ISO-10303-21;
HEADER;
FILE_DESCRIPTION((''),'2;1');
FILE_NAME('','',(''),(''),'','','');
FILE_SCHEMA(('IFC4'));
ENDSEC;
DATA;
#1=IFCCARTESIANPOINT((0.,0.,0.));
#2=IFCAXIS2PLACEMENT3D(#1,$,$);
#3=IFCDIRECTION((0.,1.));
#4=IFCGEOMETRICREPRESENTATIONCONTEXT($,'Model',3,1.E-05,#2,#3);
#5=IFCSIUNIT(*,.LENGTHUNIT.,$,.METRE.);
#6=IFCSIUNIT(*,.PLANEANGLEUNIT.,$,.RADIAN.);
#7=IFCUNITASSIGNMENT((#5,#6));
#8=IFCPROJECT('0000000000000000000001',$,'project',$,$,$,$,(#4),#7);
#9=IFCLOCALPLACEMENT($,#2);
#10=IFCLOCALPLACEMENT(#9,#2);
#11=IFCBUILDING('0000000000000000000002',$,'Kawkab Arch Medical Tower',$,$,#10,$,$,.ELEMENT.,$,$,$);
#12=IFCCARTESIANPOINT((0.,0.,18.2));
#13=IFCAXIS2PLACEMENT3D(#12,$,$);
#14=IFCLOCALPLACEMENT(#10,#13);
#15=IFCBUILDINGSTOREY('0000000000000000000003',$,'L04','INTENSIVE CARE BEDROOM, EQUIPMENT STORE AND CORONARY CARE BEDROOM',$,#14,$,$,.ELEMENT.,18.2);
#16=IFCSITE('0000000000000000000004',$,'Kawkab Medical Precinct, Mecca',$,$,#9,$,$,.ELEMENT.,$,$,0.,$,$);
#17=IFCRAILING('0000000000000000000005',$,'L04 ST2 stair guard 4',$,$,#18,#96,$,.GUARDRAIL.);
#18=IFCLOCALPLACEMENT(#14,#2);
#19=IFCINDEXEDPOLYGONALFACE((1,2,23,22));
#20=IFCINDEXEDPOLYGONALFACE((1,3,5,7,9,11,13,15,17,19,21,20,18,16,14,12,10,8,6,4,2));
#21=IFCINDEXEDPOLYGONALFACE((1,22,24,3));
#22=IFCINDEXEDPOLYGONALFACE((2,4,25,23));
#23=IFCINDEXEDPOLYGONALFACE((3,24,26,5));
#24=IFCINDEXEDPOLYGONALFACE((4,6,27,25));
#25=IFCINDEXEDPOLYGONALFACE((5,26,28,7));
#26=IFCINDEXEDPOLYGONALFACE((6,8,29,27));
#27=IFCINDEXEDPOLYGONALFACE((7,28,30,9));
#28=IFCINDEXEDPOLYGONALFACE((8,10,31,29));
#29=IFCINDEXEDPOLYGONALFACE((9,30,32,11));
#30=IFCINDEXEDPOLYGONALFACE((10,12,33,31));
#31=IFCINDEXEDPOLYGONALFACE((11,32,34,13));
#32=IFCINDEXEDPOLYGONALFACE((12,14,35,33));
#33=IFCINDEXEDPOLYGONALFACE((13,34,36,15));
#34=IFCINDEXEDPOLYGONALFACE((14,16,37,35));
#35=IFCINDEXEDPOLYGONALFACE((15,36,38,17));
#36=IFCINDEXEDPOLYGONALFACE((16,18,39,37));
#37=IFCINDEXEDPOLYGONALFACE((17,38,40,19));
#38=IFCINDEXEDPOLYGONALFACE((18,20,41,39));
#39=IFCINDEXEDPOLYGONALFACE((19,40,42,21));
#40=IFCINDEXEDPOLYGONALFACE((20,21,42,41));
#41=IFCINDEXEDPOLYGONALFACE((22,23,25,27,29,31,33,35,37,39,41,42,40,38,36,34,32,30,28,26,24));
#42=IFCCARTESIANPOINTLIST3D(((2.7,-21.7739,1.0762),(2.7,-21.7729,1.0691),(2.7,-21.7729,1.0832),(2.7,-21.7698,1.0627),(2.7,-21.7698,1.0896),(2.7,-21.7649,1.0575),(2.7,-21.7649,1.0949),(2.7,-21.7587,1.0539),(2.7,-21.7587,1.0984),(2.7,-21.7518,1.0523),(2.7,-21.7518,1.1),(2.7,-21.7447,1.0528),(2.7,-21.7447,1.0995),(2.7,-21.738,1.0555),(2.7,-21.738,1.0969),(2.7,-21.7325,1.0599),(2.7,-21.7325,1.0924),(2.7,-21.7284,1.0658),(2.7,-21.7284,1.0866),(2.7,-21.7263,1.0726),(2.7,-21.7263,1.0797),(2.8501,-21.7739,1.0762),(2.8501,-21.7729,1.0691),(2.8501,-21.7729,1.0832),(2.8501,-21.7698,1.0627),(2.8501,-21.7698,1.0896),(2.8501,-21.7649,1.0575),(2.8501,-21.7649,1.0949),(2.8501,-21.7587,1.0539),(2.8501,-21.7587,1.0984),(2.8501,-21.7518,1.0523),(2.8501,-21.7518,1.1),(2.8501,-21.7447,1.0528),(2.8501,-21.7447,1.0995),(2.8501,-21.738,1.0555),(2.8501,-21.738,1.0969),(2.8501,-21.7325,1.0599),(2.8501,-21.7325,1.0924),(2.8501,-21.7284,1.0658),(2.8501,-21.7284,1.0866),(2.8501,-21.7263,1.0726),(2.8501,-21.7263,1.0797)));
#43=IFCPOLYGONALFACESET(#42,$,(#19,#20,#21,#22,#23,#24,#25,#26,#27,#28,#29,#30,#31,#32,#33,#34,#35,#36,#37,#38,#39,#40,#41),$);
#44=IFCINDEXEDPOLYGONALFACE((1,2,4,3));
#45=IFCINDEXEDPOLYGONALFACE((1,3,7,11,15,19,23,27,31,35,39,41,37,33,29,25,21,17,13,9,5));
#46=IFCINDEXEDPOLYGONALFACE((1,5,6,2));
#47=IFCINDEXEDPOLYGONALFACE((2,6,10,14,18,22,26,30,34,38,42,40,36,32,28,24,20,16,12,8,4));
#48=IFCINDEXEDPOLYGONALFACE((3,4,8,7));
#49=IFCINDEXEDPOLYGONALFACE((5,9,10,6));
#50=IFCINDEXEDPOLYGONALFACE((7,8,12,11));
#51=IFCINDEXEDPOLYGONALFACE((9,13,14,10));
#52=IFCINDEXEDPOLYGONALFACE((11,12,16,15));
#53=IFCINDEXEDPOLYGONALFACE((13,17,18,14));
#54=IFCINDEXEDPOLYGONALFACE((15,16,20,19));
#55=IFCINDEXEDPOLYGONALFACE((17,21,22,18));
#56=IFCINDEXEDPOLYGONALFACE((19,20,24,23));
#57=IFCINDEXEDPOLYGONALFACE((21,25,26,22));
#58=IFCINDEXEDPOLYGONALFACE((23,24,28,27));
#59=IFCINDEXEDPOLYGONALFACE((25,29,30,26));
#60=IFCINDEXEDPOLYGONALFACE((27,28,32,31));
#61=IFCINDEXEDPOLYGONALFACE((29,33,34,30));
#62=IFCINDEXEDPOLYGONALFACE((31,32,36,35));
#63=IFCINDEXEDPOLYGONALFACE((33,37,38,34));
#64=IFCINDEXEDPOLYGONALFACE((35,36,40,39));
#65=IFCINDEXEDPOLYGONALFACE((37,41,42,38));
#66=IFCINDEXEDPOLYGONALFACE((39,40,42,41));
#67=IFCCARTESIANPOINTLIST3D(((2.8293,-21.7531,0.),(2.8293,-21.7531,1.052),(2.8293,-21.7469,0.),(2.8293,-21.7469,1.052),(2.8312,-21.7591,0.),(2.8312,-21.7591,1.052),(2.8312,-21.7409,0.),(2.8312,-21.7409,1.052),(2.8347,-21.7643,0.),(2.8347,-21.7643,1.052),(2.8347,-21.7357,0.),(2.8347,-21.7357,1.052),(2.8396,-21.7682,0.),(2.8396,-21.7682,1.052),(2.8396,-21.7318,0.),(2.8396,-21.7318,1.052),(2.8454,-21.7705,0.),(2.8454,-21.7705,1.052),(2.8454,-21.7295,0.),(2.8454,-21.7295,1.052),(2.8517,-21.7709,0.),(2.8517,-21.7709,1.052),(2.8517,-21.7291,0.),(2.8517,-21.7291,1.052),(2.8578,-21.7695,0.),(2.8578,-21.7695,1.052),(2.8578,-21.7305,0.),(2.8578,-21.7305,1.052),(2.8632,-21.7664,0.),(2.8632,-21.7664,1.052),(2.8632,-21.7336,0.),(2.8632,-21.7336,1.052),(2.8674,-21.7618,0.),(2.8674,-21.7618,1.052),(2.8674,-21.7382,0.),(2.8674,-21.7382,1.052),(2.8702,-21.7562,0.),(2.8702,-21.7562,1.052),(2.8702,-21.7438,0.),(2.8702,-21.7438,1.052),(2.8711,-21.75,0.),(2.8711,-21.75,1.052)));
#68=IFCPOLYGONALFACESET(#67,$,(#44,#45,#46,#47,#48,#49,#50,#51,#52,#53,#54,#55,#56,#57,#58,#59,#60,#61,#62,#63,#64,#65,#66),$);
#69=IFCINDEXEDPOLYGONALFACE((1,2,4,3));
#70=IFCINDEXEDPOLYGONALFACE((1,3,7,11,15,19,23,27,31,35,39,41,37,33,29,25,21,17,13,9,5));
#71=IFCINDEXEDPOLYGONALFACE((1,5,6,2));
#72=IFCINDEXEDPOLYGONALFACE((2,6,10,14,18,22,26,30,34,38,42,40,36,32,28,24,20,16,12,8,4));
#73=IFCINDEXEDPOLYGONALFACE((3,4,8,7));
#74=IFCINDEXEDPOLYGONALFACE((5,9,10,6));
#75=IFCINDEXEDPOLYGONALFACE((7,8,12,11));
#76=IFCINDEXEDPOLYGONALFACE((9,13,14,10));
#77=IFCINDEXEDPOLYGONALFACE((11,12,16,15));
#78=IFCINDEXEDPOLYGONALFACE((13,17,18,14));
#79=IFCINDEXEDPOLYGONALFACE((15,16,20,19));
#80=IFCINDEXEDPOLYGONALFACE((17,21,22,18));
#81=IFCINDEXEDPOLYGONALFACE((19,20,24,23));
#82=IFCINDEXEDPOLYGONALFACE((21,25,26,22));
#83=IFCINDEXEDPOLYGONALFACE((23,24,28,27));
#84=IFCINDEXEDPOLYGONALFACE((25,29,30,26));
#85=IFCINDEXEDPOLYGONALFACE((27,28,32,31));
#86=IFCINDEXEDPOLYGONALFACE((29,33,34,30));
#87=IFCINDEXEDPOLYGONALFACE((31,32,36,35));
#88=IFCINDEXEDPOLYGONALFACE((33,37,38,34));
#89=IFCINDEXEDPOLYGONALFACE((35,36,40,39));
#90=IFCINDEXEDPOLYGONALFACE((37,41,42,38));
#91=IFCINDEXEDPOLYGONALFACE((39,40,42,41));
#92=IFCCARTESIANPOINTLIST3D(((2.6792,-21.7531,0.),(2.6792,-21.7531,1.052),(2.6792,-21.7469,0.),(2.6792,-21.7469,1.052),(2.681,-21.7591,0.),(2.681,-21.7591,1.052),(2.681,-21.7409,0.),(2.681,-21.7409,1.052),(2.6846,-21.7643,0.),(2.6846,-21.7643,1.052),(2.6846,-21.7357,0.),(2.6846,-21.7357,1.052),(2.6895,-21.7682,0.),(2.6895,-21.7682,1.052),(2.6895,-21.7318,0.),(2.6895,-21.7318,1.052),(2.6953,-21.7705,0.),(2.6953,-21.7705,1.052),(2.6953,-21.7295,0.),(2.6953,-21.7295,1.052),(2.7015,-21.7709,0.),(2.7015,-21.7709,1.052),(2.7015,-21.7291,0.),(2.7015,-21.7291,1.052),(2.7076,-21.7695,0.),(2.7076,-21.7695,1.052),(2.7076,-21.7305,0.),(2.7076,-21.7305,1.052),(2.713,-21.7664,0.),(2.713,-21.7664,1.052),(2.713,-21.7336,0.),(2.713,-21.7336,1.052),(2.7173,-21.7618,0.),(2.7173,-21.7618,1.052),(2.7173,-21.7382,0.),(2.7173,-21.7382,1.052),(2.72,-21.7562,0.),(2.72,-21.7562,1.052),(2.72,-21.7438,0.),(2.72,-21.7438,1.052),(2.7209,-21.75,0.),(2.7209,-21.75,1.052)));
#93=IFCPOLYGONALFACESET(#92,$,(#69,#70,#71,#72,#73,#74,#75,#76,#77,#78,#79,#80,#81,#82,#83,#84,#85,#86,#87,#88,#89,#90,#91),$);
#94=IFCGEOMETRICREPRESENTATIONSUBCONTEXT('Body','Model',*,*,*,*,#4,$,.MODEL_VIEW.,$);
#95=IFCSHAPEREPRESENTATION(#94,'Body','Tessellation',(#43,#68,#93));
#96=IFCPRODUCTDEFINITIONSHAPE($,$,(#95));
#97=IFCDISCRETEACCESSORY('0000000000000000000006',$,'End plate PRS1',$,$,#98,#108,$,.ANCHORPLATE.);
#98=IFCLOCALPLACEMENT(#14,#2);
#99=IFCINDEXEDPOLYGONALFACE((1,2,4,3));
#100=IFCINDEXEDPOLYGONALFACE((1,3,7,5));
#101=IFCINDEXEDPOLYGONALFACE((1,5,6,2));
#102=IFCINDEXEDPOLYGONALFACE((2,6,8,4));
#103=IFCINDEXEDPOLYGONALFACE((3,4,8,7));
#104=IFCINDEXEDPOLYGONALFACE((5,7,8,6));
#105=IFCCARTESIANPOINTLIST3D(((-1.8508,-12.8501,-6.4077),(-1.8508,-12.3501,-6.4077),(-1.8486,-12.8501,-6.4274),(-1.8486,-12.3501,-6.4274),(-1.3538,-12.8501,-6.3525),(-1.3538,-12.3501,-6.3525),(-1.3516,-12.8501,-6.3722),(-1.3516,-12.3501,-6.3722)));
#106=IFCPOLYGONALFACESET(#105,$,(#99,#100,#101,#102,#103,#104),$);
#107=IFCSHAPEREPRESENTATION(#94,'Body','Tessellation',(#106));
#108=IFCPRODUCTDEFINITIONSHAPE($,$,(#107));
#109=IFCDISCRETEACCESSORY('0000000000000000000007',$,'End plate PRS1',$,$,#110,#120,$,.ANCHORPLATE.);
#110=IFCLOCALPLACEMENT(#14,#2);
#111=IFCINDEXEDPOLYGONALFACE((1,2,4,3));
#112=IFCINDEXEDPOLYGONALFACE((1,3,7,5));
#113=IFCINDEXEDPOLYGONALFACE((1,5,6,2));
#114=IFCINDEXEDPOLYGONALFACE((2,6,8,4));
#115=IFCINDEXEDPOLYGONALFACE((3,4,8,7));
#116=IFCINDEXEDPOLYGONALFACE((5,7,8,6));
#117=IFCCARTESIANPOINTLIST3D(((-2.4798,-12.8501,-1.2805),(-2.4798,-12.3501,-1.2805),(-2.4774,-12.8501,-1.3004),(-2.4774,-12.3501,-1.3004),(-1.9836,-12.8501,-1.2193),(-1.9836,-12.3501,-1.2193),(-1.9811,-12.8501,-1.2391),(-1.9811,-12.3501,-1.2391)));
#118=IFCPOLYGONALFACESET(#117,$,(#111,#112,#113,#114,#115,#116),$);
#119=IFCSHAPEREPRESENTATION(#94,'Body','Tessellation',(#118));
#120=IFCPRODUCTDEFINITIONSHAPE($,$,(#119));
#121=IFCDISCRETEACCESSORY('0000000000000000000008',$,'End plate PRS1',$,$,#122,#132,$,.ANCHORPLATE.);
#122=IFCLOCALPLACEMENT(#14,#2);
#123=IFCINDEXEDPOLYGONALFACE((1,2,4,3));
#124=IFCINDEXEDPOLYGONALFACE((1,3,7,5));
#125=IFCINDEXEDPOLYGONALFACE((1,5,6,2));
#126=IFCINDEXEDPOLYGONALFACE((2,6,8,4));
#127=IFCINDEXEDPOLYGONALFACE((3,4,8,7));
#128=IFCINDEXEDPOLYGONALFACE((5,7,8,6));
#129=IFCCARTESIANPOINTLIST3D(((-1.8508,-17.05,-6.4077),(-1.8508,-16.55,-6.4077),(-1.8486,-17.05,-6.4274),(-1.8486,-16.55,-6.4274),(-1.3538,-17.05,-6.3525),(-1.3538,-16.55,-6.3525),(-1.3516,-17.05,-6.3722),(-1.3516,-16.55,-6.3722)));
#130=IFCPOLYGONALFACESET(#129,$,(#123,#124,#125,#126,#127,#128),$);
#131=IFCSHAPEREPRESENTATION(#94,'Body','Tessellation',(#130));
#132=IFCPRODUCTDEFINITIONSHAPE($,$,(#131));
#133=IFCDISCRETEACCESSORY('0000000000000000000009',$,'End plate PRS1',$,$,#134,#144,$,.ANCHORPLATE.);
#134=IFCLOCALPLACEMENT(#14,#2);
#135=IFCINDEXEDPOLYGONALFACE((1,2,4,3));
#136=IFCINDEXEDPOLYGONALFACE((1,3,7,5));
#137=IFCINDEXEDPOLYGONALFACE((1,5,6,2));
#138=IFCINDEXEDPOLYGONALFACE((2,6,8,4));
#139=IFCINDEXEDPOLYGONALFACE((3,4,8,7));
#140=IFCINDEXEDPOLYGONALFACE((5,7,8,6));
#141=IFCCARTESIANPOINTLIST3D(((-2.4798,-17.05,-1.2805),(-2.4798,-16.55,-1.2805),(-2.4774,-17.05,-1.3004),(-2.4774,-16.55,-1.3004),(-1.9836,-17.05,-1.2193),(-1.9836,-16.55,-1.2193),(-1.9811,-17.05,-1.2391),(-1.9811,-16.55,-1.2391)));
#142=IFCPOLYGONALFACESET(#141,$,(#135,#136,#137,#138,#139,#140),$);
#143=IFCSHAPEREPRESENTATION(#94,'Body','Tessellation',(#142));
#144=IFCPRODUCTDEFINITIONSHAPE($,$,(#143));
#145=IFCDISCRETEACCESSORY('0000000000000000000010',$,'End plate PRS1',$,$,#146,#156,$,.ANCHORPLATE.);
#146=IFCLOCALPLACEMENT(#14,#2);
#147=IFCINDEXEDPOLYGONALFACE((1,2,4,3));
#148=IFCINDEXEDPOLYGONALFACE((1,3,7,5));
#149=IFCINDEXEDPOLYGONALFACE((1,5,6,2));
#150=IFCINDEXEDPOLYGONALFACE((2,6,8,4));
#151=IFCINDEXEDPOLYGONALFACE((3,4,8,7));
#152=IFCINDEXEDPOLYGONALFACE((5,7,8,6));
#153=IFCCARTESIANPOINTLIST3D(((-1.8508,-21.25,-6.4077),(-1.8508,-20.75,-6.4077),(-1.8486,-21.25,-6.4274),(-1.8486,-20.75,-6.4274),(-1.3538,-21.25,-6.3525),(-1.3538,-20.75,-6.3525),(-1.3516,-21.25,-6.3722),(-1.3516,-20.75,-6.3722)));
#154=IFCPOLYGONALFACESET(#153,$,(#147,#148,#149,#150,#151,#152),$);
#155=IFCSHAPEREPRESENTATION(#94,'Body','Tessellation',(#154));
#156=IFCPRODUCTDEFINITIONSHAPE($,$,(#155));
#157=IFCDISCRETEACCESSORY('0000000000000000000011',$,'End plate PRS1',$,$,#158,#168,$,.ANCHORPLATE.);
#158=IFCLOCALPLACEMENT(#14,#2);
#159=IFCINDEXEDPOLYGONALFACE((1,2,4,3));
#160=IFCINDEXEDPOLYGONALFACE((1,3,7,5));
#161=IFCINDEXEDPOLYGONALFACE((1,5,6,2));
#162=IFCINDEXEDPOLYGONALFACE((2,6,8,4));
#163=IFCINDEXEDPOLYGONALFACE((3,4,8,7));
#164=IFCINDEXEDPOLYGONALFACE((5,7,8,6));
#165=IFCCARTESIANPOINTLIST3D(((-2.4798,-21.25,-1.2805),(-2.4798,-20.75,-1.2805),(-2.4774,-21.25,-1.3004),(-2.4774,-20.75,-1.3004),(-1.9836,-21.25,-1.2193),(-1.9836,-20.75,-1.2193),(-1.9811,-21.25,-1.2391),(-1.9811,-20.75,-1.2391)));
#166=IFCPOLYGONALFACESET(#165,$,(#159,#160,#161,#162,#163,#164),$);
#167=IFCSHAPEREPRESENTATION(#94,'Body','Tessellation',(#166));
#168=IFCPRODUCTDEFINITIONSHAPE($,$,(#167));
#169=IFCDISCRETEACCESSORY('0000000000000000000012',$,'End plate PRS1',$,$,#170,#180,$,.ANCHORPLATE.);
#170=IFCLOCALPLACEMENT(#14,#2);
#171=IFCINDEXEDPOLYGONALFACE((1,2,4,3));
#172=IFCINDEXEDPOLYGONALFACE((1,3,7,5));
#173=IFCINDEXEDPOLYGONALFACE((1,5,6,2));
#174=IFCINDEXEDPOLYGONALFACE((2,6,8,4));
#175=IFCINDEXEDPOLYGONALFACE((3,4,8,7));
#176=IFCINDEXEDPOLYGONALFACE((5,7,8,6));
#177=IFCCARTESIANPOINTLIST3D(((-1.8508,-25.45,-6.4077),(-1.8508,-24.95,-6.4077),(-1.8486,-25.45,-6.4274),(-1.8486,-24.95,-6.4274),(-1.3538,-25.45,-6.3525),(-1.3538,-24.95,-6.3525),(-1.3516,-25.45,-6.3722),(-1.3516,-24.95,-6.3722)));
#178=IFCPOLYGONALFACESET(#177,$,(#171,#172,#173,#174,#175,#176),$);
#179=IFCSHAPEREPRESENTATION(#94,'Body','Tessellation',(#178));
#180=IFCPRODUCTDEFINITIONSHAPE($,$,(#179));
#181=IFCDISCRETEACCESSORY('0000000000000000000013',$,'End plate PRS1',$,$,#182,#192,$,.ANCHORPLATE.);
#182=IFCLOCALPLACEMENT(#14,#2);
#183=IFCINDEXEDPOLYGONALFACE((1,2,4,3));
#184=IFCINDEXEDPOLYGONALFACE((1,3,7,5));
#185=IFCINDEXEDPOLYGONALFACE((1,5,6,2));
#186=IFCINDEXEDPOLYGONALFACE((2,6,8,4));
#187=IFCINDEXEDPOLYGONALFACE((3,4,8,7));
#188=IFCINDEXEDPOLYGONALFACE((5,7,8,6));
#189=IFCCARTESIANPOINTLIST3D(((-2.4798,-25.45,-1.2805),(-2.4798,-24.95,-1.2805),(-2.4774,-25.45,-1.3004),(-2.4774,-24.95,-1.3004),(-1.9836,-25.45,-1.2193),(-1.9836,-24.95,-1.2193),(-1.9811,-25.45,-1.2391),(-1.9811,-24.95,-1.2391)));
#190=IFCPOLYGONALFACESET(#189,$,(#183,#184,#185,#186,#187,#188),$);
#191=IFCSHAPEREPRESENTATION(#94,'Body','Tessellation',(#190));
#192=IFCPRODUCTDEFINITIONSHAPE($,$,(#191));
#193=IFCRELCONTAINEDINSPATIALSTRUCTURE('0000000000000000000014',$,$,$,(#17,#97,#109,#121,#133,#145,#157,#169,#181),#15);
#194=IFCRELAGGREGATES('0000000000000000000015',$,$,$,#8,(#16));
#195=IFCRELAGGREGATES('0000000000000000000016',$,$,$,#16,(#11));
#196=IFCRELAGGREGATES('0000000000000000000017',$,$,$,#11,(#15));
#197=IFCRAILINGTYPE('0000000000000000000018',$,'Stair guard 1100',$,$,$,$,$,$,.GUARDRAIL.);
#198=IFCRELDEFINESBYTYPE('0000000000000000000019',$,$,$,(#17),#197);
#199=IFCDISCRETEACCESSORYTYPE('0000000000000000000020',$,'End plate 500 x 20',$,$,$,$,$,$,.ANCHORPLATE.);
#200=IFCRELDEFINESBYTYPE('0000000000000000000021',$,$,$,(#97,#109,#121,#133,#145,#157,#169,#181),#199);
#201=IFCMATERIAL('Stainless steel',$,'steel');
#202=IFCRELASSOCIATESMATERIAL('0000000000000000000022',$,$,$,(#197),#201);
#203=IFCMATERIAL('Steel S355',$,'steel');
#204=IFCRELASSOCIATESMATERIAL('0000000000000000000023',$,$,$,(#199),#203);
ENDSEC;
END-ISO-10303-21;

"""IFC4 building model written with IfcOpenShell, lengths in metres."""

from ifc_helpers import new_model, si_unit, direction, frame, origin, origin_2d, place, context, subcontext, project, spatial, rectangle, circle, extrude, material, material_profile, profile_set, type_object, element, save


model = new_model("IFC4")

# Units and contexts
model_context = context("Model", 3, precision=1e-05, world=origin(), true_north=direction((0.0, 1.0)))
body_context = subcontext(model_context, "Body", "Model", "MODEL_VIEW")
ifc_project = project(units=[si_unit("LENGTHUNIT", "METRE"), si_unit("PLANEANGLEUNIT", "RADIAN")], contexts=[model_context])

# Site, building, storey
site_placement = place(None, origin())
site = spatial("IfcSite", under=ifc_project, at=site_placement, Name="Kawkab Medical Precinct, Mecca", CompositionType="ELEMENT", RefElevation=0.0)
building_placement = place(site_placement, origin())
building = spatial("IfcBuilding", under=site, at=building_placement, Name="Kawkab Arch Medical Tower", CompositionType="ELEMENT")
storey_placement = place(building_placement, frame((0.0, 0.0, 18.2)))
storey = spatial("IfcBuildingStorey", under=building, at=storey_placement, Name="L04", Description="INTENSIVE CARE BEDROOM, EQUIPMENT STORE AND CORONARY CARE BEDROOM", CompositionType="ELEMENT", Elevation=18.2)

# Railing
ifc_material_1 = material(Name="Stainless steel", Category="steel")
railing_type = type_object("IfcRailingType", Name="Stair guard 1100", PredefinedType="GUARDRAIL", material=ifc_material_1)
railing_1_placement = place(storey_placement, frame((2.8501, -21.75, 0.0)))
element("IfcRailing", 1, at=railing_1_placement, inside=storey, type_object=railing_type, Name="L04 ST2 stair guard 4", PredefinedType="GUARDRAIL", context=body_context, shape_type="SweptSolid", body=[
    extrude(circle(Radius=0.0239, at=origin_2d()), frame((0.0, 0.0, 1.0762), z_axis=(-1.0, 0.0, 0.0), x_axis=(0.0, -1.0, 0.0)), (0.0, 0.0, 1.0), 0.1501),
    extrude(circle(Radius=0.021, at=origin_2d()), origin(), (0.0, 0.0, 1.0), 1.052),
    extrude(circle(Radius=0.021, at=origin_2d()), frame((-0.1501, 0.0, 0.0)), (0.0, 0.0, 1.0), 1.052),
])

# Discrete accessories
ifc_material_2 = material(Name="Steel S355", Category="steel")
ifc_material_profile_1 = material_profile(ifc_material_2, rectangle(XDim=0.5, YDim=0.5, at=origin_2d()), Name="End plate 500 x 20")
ifc_profile_set_1 = profile_set([ifc_material_profile_1], Name="Steel S355")
discrete_accessory_type = type_object("IfcDiscreteAccessoryType", Name="End plate 500 x 20", PredefinedType="ANCHORPLATE", material=ifc_profile_set_1)
discrete_accessory_1_placement = place(storey_placement, frame((-1.6023, -12.6001, -6.3801), z_axis=(0.110432, 0.0, -0.993884), x_axis=(0.0, 1.0, 0.0)))
element("IfcDiscreteAccessory", 2, at=discrete_accessory_1_placement, inside=storey, type_object=discrete_accessory_type, Name="End plate PRS1", PredefinedType="ANCHORPLATE", context=body_context, shape_type="SweptSolid", body=[
    extrude(rectangle(XDim=0.5, YDim=0.5, at=origin_2d()), origin(), (0.0, 0.0, 1.0), 0.0198),
])
discrete_accessory_2_placement = place(storey_placement, frame((-2.2292, -12.6001, -1.2698), z_axis=(-0.122527, 0.0, 0.992465), x_axis=(0.0, -1.0, 0.0)))
element("IfcDiscreteAccessory", 3, at=discrete_accessory_2_placement, inside=storey, type_object=discrete_accessory_type, Name="End plate PRS1", PredefinedType="ANCHORPLATE", context=body_context, shape_type="SweptSolid", body=[
    extrude(rectangle(XDim=0.5, YDim=0.5, at=origin_2d()), origin(), (0.0, 0.0, 1.0), 0.02),
])
discrete_accessory_3_placement = place(storey_placement, frame((-1.6023, -16.8, -6.3801), z_axis=(0.110432, 0.0, -0.993884), x_axis=(0.0, 1.0, 0.0)))
element("IfcDiscreteAccessory", 4, at=discrete_accessory_3_placement, inside=storey, type_object=discrete_accessory_type, Name="End plate PRS1", PredefinedType="ANCHORPLATE", context=body_context, shape_type="SweptSolid", body=[
    extrude(rectangle(XDim=0.5, YDim=0.5, at=origin_2d()), origin(), (0.0, 0.0, 1.0), 0.0198),
])
discrete_accessory_4_placement = place(storey_placement, frame((-2.2292, -16.8, -1.2698), z_axis=(-0.122527, 0.0, 0.992465), x_axis=(0.0, -1.0, 0.0)))
element("IfcDiscreteAccessory", 5, at=discrete_accessory_4_placement, inside=storey, type_object=discrete_accessory_type, Name="End plate PRS1", PredefinedType="ANCHORPLATE", context=body_context, shape_type="SweptSolid", body=[
    extrude(rectangle(XDim=0.5, YDim=0.5, at=origin_2d()), origin(), (0.0, 0.0, 1.0), 0.02),
])
discrete_accessory_5_placement = place(storey_placement, frame((-1.6023, -21.0, -6.3801), z_axis=(0.110432, 0.0, -0.993884), x_axis=(0.0, 1.0, 0.0)))
element("IfcDiscreteAccessory", 6, at=discrete_accessory_5_placement, inside=storey, type_object=discrete_accessory_type, Name="End plate PRS1", PredefinedType="ANCHORPLATE", context=body_context, shape_type="SweptSolid", body=[
    extrude(rectangle(XDim=0.5, YDim=0.5, at=origin_2d()), origin(), (0.0, 0.0, 1.0), 0.0198),
])
discrete_accessory_6_placement = place(storey_placement, frame((-2.2292, -21.0, -1.2698), z_axis=(-0.122527, 0.0, 0.992465), x_axis=(0.0, -1.0, 0.0)))
element("IfcDiscreteAccessory", 7, at=discrete_accessory_6_placement, inside=storey, type_object=discrete_accessory_type, Name="End plate PRS1", PredefinedType="ANCHORPLATE", context=body_context, shape_type="SweptSolid", body=[
    extrude(rectangle(XDim=0.5, YDim=0.5, at=origin_2d()), origin(), (0.0, 0.0, 1.0), 0.02),
])
discrete_accessory_7_placement = place(storey_placement, frame((-1.6023, -25.2, -6.3801), z_axis=(0.110432, 0.0, -0.993884), x_axis=(0.0, 1.0, 0.0)))
element("IfcDiscreteAccessory", 8, at=discrete_accessory_7_placement, inside=storey, type_object=discrete_accessory_type, Name="End plate PRS1", PredefinedType="ANCHORPLATE", context=body_context, shape_type="SweptSolid", body=[
    extrude(rectangle(XDim=0.5, YDim=0.5, at=origin_2d()), origin(), (0.0, 0.0, 1.0), 0.0198),
])
discrete_accessory_8_placement = place(storey_placement, frame((-2.2292, -25.2, -1.2698), z_axis=(-0.122527, 0.0, 0.992465), x_axis=(0.0, -1.0, 0.0)))
element("IfcDiscreteAccessory", 9, at=discrete_accessory_8_placement, inside=storey, type_object=discrete_accessory_type, Name="End plate PRS1", PredefinedType="ANCHORPLATE", context=body_context, shape_type="SweptSolid", body=[
    extrude(rectangle(XDim=0.5, YDim=0.5, at=origin_2d()), origin(), (0.0, 0.0, 1.0), 0.02),
])

save(model, "model.ifc")
